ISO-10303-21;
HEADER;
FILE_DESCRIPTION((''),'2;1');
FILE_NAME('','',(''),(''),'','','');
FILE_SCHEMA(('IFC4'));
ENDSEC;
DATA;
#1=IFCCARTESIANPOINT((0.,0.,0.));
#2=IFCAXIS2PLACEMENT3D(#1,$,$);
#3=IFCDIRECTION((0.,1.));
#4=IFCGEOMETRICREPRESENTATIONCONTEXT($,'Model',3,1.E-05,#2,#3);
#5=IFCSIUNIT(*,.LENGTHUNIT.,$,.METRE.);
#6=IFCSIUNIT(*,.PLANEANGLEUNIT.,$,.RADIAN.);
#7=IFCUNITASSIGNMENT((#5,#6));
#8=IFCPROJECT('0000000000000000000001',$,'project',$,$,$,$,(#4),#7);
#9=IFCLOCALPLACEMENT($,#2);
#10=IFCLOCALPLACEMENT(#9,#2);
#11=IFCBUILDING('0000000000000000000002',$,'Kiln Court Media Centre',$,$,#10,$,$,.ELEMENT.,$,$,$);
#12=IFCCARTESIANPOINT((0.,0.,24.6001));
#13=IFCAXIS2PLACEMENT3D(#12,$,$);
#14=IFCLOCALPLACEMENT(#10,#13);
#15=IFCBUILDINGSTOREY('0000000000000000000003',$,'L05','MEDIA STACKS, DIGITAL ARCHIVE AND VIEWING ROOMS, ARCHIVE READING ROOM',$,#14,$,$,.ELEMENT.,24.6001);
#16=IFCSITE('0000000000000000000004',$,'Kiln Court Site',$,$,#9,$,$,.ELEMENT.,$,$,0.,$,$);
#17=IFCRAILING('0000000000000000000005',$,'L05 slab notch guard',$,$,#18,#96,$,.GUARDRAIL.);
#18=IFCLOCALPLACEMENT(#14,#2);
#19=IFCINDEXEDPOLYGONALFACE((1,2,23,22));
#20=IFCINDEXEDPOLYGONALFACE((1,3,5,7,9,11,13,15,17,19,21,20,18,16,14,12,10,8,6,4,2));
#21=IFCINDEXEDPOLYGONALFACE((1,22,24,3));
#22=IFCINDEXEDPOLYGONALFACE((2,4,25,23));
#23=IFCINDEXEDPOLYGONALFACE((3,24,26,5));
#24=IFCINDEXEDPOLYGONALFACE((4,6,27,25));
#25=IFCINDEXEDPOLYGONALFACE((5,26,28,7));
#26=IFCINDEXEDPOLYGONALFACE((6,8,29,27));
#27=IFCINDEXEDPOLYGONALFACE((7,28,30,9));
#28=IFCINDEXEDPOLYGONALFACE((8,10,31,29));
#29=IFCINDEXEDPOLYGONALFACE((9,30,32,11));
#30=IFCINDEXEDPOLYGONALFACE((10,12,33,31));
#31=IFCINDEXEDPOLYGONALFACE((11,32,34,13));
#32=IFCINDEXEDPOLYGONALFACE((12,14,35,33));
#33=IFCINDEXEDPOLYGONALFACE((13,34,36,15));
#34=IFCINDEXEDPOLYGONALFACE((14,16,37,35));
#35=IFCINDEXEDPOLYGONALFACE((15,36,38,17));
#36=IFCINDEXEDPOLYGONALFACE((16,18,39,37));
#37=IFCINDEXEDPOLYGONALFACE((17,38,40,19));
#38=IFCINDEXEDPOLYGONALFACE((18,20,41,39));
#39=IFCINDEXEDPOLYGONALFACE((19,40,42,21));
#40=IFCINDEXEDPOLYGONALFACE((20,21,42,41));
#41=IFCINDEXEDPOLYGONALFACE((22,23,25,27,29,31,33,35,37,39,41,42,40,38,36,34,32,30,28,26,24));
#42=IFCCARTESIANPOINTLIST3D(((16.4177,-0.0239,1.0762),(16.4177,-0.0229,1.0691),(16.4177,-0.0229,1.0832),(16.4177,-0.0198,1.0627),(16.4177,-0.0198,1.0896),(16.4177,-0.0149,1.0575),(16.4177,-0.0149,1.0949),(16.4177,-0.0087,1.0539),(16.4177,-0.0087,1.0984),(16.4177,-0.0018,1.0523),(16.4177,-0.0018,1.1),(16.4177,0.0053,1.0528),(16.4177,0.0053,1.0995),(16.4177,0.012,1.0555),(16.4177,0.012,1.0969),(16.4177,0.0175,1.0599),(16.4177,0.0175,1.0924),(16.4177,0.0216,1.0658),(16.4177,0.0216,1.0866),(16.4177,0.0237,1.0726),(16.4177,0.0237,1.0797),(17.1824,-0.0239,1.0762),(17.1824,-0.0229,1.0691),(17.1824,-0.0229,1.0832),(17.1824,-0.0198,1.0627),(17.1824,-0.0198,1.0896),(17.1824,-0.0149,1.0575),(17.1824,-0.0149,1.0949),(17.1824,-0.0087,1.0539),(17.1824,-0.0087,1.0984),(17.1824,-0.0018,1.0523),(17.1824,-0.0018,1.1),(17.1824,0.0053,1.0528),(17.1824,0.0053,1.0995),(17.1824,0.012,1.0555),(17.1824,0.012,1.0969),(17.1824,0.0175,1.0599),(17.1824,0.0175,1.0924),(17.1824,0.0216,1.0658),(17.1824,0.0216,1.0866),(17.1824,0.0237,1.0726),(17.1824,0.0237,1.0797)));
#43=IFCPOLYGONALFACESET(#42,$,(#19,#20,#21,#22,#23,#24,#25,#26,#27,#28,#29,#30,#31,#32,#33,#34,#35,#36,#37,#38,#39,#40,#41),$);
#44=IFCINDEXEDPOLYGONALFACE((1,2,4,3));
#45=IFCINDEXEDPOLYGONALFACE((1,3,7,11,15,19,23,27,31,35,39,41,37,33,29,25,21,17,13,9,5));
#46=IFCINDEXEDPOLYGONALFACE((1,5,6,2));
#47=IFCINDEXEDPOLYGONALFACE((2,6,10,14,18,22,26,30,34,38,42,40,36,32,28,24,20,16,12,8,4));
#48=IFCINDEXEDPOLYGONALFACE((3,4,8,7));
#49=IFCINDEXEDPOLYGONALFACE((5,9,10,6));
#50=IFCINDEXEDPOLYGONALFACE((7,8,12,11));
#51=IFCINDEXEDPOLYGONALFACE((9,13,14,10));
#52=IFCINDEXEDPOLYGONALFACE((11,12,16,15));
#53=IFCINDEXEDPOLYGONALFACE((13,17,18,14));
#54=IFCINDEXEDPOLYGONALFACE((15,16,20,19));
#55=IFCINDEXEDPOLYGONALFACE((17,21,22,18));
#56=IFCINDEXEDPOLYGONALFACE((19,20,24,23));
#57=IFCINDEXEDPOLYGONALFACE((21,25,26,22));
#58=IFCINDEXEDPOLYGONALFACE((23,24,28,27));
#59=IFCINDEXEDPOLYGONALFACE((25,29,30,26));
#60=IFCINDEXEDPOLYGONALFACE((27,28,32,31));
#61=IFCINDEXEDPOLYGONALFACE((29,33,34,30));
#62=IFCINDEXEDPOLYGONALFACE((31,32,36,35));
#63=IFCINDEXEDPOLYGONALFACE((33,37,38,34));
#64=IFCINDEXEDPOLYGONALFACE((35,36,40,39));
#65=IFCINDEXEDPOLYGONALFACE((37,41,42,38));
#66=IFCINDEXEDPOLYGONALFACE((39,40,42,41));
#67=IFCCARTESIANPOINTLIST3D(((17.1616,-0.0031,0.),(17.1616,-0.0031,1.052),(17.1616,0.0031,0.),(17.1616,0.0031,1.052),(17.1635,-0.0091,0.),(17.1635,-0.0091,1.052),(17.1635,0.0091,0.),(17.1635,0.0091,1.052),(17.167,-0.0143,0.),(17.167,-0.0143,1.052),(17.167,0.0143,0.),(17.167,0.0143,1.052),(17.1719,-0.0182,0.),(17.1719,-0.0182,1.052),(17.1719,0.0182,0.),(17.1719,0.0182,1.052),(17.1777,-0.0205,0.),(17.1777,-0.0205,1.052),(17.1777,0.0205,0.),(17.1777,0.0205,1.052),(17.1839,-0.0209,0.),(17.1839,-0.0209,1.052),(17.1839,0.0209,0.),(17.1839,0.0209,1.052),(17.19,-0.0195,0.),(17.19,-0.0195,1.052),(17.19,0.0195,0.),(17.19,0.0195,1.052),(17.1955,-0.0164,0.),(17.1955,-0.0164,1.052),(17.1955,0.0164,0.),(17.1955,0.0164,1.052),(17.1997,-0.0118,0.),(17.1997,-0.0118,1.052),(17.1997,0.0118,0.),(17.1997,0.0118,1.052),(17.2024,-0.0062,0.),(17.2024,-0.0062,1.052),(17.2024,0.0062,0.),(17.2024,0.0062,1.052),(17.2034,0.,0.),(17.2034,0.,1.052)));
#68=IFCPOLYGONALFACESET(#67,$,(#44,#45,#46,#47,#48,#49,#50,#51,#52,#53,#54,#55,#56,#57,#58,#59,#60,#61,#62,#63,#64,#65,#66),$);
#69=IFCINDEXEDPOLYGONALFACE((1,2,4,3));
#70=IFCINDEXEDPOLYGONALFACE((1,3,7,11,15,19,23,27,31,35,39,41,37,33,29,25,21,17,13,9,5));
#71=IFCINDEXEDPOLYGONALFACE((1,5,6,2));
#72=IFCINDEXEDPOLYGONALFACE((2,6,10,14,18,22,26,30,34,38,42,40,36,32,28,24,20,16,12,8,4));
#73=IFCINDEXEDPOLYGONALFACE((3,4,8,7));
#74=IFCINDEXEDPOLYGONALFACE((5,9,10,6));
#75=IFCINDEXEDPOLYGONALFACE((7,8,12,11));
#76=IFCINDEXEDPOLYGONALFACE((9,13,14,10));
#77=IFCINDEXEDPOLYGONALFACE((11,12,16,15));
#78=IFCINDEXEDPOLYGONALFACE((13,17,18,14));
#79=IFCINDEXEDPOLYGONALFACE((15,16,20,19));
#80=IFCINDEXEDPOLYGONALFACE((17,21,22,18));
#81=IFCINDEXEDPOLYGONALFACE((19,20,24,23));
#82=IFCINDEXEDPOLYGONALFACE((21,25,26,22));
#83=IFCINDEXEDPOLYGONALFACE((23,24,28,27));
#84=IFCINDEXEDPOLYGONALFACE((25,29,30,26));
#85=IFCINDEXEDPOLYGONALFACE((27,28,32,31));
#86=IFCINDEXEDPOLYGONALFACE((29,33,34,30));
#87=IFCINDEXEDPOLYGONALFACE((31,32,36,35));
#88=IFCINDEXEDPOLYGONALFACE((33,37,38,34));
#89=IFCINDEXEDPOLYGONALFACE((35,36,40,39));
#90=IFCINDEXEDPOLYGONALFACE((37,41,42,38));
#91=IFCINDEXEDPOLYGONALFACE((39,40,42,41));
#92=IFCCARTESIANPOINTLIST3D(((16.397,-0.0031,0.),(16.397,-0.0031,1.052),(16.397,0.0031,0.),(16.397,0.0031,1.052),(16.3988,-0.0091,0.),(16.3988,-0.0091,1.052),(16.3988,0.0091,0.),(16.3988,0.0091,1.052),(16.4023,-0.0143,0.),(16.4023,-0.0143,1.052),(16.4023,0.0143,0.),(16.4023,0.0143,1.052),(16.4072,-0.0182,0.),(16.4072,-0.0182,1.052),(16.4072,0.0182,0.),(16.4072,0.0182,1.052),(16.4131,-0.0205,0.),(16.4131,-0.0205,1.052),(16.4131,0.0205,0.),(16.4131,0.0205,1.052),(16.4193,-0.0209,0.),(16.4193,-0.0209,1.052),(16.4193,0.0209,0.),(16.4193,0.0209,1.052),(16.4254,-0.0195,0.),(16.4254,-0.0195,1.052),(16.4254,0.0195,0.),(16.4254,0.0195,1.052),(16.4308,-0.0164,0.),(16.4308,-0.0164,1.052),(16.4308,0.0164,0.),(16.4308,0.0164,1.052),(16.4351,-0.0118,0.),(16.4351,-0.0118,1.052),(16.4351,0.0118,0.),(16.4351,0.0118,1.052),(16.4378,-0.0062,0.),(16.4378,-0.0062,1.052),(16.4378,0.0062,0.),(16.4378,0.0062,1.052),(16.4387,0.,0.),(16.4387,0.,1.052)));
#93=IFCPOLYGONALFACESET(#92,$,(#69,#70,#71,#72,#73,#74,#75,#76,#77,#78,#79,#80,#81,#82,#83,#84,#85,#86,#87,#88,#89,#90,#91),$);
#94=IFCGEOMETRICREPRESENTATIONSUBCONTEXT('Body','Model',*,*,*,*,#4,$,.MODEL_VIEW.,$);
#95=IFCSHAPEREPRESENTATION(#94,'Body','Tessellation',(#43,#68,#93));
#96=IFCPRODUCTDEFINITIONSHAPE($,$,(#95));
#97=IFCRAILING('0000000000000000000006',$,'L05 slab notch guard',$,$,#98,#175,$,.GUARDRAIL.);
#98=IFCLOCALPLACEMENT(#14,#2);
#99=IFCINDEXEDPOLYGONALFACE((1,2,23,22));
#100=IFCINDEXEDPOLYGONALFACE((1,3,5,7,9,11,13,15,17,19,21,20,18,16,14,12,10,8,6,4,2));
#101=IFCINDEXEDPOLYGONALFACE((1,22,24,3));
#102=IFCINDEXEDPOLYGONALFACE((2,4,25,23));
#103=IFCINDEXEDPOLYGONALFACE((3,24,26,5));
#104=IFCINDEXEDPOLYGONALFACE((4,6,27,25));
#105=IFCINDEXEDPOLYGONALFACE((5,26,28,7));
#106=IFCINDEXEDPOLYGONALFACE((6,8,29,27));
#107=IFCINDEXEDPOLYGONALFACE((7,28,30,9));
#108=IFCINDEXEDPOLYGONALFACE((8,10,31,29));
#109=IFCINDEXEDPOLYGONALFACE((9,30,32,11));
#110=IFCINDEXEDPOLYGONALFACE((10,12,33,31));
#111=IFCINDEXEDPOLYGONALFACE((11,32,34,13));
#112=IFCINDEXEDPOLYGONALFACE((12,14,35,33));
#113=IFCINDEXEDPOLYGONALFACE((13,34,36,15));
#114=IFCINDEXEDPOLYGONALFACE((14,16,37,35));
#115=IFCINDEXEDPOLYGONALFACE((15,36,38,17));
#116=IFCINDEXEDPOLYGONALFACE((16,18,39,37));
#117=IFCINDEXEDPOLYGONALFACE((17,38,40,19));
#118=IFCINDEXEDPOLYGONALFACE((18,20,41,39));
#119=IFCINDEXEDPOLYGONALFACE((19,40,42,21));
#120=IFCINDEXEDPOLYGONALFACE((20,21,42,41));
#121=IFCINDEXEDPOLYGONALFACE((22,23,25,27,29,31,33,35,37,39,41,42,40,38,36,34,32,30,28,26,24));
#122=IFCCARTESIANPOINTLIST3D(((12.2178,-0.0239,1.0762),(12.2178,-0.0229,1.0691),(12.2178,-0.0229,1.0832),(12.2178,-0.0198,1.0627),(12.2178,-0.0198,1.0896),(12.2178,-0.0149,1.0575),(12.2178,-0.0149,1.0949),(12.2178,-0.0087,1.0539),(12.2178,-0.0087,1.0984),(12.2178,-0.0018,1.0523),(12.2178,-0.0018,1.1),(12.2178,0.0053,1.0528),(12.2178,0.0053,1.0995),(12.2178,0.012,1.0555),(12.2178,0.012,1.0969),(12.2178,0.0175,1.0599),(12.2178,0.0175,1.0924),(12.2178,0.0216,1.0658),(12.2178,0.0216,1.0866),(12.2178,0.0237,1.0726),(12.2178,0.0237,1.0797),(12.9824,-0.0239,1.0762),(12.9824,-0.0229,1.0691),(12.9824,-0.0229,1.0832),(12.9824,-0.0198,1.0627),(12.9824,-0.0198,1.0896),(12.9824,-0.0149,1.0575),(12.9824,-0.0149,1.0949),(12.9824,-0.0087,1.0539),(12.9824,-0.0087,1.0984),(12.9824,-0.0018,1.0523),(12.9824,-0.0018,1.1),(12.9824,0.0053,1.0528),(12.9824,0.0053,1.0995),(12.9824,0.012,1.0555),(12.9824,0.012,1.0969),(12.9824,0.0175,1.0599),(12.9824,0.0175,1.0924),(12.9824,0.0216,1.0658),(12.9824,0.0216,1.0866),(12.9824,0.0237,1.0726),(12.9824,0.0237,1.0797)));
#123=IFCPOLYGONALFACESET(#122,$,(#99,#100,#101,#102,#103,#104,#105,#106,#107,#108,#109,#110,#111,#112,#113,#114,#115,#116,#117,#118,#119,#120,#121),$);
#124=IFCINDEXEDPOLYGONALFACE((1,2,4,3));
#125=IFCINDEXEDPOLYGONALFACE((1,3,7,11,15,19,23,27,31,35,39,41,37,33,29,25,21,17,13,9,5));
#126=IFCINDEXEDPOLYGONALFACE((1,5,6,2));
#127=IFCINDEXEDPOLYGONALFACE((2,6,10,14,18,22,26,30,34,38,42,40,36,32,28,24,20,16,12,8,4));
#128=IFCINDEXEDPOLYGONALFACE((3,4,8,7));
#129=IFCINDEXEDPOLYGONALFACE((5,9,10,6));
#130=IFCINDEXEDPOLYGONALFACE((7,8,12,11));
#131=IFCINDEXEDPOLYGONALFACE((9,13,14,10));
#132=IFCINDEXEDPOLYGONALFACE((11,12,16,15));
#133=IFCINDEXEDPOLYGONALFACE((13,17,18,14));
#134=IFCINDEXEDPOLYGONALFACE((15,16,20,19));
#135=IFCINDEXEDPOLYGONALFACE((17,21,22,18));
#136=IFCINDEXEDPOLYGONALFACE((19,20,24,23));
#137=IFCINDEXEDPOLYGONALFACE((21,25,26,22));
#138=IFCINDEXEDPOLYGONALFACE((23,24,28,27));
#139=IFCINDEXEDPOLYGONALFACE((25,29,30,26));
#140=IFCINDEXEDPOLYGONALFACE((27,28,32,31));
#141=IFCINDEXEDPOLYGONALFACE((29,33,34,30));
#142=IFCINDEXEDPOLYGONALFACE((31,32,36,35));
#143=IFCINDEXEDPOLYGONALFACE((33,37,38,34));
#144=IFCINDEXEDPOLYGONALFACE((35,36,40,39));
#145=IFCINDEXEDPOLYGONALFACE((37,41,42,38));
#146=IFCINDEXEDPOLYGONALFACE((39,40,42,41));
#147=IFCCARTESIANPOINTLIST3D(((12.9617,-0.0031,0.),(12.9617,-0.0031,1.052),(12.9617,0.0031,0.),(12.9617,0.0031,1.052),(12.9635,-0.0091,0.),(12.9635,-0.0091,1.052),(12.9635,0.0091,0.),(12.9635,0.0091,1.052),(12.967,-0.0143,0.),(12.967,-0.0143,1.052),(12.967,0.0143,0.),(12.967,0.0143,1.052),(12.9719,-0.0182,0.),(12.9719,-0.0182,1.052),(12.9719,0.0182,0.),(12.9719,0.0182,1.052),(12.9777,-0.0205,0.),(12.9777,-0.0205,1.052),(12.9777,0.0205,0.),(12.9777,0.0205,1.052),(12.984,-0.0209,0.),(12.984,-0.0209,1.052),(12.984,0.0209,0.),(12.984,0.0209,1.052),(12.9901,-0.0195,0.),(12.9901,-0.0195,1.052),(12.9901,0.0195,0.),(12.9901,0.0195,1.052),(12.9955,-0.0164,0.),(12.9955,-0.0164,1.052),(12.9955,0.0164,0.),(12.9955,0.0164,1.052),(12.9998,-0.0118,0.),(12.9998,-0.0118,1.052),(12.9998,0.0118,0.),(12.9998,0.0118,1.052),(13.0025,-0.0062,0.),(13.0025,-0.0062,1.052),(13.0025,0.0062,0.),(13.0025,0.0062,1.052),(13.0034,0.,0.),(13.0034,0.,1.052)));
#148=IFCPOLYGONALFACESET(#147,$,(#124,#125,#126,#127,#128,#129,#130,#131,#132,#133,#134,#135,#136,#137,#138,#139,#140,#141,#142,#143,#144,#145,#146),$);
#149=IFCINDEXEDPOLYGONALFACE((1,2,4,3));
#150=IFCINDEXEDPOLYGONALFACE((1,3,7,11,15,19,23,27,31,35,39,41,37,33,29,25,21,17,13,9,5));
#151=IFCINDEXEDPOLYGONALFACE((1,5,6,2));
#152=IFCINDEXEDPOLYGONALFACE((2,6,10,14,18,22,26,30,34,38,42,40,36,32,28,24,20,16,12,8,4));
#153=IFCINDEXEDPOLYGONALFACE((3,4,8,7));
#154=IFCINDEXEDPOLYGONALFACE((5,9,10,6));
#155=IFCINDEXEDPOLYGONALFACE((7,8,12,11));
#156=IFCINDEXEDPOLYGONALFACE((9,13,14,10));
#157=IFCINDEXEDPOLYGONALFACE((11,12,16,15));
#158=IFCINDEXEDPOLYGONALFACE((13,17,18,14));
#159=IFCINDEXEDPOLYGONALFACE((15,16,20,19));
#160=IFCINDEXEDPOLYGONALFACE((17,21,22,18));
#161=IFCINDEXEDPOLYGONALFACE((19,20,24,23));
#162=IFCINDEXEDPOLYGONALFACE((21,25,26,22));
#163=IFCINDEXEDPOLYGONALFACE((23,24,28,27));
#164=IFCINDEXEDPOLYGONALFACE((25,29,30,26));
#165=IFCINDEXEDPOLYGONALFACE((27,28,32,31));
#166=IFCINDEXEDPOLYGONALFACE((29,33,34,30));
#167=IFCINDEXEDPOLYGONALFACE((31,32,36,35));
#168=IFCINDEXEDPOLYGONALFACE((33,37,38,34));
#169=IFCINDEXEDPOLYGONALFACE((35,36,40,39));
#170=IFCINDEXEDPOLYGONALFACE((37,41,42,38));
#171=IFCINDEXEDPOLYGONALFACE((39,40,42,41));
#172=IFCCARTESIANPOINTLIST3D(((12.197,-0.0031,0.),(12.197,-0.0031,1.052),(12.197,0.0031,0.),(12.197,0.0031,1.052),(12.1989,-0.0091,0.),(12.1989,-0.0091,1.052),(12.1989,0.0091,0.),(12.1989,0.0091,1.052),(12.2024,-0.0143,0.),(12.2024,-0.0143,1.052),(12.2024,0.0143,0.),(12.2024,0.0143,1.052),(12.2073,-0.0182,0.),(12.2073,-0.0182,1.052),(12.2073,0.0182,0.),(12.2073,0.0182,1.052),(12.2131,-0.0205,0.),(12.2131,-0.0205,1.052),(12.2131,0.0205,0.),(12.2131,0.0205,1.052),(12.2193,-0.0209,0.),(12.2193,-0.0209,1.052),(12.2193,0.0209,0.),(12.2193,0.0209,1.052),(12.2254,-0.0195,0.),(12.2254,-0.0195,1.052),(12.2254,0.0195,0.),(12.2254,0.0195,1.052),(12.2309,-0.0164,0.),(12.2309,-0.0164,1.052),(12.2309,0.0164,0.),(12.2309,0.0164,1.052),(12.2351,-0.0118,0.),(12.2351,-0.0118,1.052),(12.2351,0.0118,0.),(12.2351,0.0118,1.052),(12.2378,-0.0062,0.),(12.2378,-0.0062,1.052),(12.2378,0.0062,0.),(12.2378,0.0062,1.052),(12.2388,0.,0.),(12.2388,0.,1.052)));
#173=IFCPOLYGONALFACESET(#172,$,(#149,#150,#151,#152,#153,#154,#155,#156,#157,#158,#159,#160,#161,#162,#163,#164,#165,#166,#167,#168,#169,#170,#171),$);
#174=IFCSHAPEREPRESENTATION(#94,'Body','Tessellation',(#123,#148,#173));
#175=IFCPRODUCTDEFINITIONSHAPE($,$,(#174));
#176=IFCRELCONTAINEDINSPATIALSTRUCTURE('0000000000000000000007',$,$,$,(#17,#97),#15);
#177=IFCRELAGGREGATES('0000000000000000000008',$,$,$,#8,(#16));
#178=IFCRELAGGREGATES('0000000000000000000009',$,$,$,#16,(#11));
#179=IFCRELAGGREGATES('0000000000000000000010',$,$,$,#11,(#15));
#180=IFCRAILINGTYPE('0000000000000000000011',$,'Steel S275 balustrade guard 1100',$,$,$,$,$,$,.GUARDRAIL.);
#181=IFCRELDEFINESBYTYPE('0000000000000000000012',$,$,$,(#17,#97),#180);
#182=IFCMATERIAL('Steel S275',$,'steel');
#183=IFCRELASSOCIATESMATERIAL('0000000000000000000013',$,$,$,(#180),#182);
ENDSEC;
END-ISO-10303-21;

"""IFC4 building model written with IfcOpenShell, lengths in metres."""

from ifc_helpers import new_model, si_unit, direction, frame, origin, origin_2d, place, context, subcontext, project, spatial, circle, extrude, material, type_object, element, save


model = new_model("IFC4")

# Units and contexts
model_context = context("Model", 3, precision=1e-05, world=origin(), true_north=direction((0.0, 1.0)))
body_context = subcontext(model_context, "Body", "Model", "MODEL_VIEW")
ifc_project = project(units=[si_unit("LENGTHUNIT", "METRE"), si_unit("PLANEANGLEUNIT", "RADIAN")], contexts=[model_context])

# Site, building, storey
site_placement = place(None, origin())
site = spatial("IfcSite", under=ifc_project, at=site_placement, Name="Kiln Court Site", CompositionType="ELEMENT", RefElevation=0.0)
building_placement = place(site_placement, origin())
building = spatial("IfcBuilding", under=site, at=building_placement, Name="Kiln Court Media Centre", CompositionType="ELEMENT")
storey_placement = place(building_placement, frame((0.0, 0.0, 24.6001)))
storey = spatial("IfcBuildingStorey", under=building, at=storey_placement, Name="L05", Description="MEDIA STACKS, DIGITAL ARCHIVE AND VIEWING ROOMS, ARCHIVE READING ROOM", CompositionType="ELEMENT", Elevation=24.6001)

# Railings
ifc_material_1 = material(Name="Steel S275", Category="steel")
railing_type = type_object("IfcRailingType", Name="Steel S275 balustrade guard 1100", PredefinedType="GUARDRAIL", material=ifc_material_1)
for number, where, name in (
    (1, (17.1824, 0.0, 0.0), "L05 slab notch guard"),
    (2, (12.9824, 0.0, 0.0), "L05 slab notch guard"),
):
    element("IfcRailing", number, at=place(storey_placement, frame(where)), inside=storey, type_object=railing_type, Name=name, PredefinedType="GUARDRAIL", context=body_context, shape_type="SweptSolid", body=[
        extrude(circle(Radius=0.0239, at=origin_2d()), frame((0.0, 0.0, 1.0762), z_axis=(-1.0, 0.0, 0.0), x_axis=(0.0, -1.0, 0.0)), (0.0, 0.0, 1.0), 0.7646),
        extrude(circle(Radius=0.021, at=origin_2d()), origin(), (0.0, 0.0, 1.0), 1.052),
        extrude(circle(Radius=0.021, at=origin_2d()), frame((-0.7646, 0.0, 0.0)), (0.0, 0.0, 1.0), 1.052),
    ])

save(model, "model.ifc")
